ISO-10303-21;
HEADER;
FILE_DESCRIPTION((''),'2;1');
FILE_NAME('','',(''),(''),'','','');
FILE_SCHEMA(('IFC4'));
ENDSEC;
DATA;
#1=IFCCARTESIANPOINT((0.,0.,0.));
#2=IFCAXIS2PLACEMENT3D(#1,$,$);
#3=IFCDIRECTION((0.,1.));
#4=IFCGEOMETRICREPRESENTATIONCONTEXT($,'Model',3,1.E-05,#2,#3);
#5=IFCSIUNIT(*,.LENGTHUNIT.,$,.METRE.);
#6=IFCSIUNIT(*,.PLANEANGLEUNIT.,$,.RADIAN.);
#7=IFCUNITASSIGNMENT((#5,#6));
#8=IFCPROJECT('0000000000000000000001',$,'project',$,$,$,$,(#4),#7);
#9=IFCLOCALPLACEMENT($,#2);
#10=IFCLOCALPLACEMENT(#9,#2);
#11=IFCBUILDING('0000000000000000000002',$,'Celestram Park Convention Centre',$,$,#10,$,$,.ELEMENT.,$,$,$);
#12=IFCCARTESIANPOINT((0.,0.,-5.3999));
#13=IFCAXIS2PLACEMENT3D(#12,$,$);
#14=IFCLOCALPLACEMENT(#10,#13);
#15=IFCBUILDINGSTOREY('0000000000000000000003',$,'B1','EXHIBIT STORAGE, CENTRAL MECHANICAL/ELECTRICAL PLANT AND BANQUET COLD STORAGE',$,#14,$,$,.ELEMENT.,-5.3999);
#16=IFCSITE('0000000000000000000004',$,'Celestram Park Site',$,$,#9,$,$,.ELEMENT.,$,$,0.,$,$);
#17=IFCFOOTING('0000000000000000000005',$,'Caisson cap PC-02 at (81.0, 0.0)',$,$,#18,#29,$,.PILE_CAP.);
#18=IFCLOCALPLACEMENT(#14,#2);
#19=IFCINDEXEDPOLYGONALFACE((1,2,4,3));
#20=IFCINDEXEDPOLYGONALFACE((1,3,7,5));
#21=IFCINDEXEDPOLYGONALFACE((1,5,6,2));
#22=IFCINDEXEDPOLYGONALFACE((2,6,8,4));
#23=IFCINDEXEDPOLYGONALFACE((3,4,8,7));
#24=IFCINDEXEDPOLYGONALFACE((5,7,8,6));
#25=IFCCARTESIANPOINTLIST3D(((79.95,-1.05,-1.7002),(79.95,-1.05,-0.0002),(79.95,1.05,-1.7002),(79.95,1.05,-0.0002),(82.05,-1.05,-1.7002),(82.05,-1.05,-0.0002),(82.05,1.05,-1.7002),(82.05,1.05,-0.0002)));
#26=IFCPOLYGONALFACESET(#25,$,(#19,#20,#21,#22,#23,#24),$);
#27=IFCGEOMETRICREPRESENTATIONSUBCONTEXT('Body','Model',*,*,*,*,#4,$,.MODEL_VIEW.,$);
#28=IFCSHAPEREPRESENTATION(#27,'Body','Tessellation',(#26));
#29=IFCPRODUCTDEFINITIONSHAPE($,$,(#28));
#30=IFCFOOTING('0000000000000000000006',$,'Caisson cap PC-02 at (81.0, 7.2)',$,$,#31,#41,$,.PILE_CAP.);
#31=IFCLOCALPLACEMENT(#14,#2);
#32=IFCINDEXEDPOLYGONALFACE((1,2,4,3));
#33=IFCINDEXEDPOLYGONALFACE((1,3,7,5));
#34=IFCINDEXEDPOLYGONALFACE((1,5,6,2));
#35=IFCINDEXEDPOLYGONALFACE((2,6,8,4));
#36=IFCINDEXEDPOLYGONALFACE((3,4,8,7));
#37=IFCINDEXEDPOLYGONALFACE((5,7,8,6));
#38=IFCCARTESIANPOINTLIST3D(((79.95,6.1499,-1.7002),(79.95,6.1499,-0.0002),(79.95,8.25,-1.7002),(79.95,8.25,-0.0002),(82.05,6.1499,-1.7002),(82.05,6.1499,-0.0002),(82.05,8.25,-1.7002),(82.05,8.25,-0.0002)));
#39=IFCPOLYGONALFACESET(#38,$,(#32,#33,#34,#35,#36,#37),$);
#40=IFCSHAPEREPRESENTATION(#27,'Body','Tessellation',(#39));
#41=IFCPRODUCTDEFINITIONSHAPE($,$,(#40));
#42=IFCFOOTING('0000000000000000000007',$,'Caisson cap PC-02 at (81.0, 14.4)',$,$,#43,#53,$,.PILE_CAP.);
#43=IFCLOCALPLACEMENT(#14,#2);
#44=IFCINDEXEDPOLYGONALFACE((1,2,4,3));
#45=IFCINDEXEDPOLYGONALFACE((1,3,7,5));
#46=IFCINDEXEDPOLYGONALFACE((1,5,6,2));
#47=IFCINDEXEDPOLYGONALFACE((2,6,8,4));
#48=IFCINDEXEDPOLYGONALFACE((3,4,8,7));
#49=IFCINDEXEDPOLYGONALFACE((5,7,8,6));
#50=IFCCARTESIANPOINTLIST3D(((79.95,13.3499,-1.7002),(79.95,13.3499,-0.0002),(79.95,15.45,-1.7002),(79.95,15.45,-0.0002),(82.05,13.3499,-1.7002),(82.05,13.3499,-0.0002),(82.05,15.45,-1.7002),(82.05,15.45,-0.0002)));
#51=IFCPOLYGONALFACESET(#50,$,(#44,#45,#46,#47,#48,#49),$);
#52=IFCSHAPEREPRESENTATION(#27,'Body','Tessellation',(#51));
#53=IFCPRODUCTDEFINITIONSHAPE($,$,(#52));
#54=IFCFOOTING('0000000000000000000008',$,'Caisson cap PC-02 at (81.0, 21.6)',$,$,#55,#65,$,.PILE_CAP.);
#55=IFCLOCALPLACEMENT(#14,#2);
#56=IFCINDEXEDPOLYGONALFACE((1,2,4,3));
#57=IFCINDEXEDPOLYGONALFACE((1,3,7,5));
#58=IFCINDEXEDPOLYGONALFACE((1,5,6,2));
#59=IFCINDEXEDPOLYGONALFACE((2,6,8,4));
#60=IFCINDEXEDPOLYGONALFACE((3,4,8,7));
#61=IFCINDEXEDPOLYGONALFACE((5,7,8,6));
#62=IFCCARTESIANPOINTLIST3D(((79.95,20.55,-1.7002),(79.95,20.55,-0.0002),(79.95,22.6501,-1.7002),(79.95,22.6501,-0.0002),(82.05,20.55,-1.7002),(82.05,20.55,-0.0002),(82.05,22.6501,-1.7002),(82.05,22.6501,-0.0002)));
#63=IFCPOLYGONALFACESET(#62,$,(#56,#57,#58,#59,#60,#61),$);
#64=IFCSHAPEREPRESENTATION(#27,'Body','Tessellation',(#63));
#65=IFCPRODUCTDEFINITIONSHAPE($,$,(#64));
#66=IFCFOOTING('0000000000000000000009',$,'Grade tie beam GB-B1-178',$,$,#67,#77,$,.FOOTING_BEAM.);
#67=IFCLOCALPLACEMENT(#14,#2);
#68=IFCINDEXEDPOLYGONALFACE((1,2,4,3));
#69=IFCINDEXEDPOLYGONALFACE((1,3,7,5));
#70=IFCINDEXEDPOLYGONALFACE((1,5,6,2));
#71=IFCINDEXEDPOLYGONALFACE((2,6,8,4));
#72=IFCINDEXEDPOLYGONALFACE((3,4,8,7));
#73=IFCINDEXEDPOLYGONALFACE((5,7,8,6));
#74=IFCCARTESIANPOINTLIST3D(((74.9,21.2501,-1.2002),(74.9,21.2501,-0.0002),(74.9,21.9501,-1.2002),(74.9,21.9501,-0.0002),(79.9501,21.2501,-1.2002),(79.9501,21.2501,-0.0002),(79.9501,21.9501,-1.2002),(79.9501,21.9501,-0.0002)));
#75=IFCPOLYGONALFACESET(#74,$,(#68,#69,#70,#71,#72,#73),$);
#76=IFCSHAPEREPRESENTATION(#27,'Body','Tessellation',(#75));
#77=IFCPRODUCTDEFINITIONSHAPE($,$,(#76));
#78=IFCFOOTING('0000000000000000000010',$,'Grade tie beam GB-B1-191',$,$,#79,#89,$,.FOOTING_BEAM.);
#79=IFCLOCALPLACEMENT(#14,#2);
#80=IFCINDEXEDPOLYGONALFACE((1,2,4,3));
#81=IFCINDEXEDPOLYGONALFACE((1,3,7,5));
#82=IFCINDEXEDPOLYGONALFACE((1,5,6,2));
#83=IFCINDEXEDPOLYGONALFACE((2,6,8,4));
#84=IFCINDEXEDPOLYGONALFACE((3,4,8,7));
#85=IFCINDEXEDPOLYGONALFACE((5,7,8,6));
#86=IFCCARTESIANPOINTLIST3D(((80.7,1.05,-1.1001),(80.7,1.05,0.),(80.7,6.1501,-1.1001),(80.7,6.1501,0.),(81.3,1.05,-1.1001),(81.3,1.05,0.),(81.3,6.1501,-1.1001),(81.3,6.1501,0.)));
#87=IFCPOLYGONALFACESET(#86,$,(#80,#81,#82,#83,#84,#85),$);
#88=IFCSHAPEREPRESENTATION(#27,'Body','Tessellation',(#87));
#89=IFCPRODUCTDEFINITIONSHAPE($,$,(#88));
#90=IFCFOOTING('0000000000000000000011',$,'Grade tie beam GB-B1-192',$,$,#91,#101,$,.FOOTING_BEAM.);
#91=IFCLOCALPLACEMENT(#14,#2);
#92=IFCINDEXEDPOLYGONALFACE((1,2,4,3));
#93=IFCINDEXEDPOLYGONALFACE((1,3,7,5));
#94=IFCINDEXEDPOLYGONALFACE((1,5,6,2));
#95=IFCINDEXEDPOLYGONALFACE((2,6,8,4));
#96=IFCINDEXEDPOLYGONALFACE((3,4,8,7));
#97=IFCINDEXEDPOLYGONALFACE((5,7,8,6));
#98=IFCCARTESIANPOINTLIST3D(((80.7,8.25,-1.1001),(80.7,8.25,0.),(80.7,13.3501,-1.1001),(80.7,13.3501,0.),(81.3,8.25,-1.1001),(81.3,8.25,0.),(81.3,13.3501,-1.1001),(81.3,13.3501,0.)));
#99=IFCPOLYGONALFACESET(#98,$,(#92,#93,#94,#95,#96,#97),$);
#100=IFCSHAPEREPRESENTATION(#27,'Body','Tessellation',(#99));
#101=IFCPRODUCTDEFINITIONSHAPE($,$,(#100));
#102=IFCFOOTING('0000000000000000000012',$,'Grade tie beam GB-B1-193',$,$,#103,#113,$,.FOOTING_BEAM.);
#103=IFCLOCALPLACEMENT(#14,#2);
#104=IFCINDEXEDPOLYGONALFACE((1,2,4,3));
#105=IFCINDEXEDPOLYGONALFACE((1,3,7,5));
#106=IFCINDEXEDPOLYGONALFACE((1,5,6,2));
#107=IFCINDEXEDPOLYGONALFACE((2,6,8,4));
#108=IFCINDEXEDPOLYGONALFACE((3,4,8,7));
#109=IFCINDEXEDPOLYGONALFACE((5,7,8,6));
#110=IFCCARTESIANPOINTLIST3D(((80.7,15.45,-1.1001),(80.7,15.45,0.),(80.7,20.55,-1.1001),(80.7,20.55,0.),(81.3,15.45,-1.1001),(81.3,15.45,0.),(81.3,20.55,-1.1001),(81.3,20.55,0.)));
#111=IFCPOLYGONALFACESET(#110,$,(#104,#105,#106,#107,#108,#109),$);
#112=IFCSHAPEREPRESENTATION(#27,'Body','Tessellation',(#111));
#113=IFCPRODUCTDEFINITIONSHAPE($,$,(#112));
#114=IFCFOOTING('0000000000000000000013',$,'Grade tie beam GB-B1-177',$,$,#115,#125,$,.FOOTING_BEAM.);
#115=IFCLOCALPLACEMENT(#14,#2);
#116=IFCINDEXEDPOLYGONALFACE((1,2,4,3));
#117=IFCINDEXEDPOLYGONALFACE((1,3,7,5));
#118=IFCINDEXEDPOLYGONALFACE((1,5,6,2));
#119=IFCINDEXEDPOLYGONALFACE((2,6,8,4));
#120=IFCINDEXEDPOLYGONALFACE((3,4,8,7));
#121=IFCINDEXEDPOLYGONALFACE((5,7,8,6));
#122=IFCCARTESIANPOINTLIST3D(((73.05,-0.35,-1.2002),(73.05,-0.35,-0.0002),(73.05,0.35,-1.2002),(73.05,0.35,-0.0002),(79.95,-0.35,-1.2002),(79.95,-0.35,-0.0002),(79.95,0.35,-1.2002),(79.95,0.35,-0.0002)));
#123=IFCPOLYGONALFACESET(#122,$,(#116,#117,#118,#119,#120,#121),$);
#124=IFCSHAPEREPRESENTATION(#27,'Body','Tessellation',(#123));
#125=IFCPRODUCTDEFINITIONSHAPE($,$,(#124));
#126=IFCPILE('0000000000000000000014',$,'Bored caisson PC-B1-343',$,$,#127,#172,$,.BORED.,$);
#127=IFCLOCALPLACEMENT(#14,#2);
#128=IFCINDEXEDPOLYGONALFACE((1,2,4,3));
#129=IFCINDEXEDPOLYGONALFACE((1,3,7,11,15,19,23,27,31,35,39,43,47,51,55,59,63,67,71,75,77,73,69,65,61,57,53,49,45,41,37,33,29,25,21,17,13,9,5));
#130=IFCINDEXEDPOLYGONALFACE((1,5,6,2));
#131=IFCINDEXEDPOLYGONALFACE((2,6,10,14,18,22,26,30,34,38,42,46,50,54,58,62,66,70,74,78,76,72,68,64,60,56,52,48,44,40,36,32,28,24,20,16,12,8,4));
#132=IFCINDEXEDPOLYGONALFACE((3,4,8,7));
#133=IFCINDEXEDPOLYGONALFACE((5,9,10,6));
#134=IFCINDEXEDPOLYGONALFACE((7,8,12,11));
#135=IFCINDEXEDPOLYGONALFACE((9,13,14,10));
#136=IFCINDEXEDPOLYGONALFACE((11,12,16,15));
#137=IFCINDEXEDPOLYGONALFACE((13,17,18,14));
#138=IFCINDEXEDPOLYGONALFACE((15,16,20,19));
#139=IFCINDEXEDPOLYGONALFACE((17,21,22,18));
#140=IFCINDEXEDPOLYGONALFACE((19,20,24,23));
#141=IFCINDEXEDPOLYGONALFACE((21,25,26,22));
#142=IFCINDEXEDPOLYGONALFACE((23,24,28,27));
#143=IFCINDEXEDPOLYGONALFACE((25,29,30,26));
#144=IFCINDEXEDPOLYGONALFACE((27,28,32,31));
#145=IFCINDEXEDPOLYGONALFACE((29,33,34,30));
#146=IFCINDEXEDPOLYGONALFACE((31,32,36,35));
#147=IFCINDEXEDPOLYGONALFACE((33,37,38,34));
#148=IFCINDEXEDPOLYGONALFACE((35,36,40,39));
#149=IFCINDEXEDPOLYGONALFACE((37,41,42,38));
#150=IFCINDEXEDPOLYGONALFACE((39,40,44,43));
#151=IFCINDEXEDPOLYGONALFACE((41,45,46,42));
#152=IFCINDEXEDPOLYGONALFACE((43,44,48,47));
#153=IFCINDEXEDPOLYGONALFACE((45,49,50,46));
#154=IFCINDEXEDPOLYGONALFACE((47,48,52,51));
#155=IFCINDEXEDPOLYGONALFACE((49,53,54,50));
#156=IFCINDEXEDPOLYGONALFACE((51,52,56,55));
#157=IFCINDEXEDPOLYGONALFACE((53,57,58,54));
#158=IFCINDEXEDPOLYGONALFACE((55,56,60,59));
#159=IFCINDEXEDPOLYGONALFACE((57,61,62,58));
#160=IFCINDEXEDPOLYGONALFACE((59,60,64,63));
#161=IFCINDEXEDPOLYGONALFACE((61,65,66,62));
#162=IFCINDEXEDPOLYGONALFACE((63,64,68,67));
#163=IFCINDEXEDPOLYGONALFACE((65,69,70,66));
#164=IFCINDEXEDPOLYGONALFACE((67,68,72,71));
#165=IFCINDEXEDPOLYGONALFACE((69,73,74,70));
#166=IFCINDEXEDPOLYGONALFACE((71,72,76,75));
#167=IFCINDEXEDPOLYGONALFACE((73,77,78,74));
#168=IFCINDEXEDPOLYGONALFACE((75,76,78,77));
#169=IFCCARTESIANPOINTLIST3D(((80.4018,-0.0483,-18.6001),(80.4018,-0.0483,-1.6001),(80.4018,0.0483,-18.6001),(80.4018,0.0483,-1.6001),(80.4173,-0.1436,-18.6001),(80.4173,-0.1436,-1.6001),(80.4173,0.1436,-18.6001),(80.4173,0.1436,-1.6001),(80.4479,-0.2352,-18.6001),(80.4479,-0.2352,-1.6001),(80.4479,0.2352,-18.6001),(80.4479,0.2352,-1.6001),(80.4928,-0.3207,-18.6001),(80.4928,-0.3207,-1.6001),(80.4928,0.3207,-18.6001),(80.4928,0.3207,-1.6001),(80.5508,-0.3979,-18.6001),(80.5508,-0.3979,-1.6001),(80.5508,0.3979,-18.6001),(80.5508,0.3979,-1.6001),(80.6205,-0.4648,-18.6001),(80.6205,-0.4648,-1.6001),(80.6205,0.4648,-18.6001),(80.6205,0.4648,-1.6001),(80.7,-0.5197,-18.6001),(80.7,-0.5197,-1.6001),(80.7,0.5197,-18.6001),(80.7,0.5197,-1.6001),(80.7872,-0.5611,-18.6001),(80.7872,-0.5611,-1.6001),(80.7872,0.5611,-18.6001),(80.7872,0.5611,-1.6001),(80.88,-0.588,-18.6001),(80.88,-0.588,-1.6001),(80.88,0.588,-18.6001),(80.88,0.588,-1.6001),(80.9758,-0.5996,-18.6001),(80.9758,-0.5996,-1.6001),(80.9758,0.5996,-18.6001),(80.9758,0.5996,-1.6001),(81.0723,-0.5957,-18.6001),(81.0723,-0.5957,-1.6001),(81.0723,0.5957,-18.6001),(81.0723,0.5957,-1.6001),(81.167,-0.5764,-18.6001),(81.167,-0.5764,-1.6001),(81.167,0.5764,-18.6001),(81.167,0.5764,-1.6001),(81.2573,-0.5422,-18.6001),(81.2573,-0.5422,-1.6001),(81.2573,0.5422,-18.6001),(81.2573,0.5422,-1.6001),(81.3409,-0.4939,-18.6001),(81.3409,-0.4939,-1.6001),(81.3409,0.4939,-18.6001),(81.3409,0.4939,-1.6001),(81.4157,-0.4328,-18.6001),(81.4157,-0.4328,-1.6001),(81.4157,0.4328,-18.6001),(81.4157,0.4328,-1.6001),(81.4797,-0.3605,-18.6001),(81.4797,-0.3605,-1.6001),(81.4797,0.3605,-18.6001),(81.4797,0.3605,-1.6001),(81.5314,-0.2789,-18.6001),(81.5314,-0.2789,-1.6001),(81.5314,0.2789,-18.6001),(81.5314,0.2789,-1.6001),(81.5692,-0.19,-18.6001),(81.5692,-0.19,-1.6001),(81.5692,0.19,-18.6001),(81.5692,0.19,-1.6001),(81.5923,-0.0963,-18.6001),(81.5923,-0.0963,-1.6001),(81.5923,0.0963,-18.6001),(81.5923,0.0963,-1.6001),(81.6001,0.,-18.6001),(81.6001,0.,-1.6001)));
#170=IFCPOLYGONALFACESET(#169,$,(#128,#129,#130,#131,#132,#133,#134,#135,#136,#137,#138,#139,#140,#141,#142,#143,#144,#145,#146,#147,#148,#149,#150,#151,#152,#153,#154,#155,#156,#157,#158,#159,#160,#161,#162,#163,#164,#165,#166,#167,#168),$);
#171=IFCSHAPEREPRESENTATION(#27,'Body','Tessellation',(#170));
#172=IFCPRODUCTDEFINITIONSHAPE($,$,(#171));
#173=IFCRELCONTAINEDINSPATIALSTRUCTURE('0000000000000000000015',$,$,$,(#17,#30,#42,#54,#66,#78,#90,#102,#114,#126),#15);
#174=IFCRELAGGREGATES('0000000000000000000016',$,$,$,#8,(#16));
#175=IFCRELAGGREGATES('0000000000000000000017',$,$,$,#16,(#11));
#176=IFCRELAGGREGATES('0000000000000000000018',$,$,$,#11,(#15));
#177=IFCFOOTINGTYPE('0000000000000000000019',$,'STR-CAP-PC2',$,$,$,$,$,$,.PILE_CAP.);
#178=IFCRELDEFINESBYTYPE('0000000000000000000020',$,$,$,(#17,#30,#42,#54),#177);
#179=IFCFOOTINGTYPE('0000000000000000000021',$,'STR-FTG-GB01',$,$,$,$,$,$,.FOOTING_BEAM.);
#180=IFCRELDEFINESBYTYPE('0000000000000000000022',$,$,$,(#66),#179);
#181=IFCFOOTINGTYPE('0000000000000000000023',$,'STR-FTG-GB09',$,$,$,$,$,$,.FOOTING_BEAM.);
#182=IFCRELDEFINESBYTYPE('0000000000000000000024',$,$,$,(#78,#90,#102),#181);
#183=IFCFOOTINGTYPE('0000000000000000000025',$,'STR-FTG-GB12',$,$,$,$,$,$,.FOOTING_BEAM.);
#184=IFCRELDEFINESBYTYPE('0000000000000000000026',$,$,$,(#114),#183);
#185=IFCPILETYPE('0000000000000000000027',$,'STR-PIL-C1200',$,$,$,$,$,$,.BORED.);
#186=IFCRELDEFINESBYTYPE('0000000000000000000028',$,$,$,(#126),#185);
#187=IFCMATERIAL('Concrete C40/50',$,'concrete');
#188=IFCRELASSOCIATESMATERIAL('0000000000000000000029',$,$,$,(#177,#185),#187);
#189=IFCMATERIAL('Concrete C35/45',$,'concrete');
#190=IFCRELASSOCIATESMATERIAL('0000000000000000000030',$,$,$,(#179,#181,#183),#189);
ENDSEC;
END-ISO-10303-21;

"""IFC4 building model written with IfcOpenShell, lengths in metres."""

from ifc_helpers import new_model, si_unit, direction, frame, origin, origin_2d, place, context, subcontext, project, spatial, rectangle, circle, extrude, material, material_profile, profile_set, type_object, element, save


model = new_model("IFC4")

# Units and contexts
model_context = context("Model", 3, precision=1e-05, world=origin(), true_north=direction((0.0, 1.0)))
body_context = subcontext(model_context, "Body", "Model", "MODEL_VIEW")
ifc_project = project(units=[si_unit("LENGTHUNIT", "METRE"), si_unit("PLANEANGLEUNIT", "RADIAN")], contexts=[model_context])

# Site, building, storey
site_placement = place(None, origin())
site = spatial("IfcSite", under=ifc_project, at=site_placement, Name="Celestram Park Site", CompositionType="ELEMENT", RefElevation=0.0)
building_placement = place(site_placement, origin())
building = spatial("IfcBuilding", under=site, at=building_placement, Name="Celestram Park Convention Centre", CompositionType="ELEMENT")
storey_placement = place(building_placement, frame((0.0, 0.0, -5.3999)))
storey = spatial("IfcBuildingStorey", under=building, at=storey_placement, Name="B1", Description="EXHIBIT STORAGE, CENTRAL MECHANICAL/ELECTRICAL PLANT AND BANQUET COLD STORAGE", CompositionType="ELEMENT", Elevation=-5.3999)

# Footings
ifc_material_1 = material(Name="Concrete C40/50", Category="concrete")
footing_type_1 = type_object("IfcFootingType", Name="STR-CAP-PC2", PredefinedType="PILE_CAP", material=ifc_material_1)
for number, where, z_axis, x_axis, name in (
    (1, (81.0, 0.0, -1.7002), (0.0, 0.0, 1.0), (1.0, 0.0, 0.0), "Caisson cap PC-02 at (81.0, 0.0)"),
    (2, (81.0, 7.2, -1.7002), (0.0, 0.0, 1.0), (1.0, 0.0, 0.0), "Caisson cap PC-02 at (81.0, 7.2)"),
    (3, (81.0, 14.3999, -1.7002), (0.0, 0.0, 1.0), (1.0, 0.0, 0.0), "Caisson cap PC-02 at (81.0, 14.4)"),
    (4, (81.0, 21.6001, -1.7002), (0.0, 0.0, 1.0), (1.0, 0.0, 0.0), "Caisson cap PC-02 at (81.0, 21.6)"),
):
    element("IfcFooting", number, at=place(storey_placement, frame(where, z_axis=z_axis, x_axis=x_axis)), inside=storey, type_object=footing_type_1, Name=name, PredefinedType="PILE_CAP", context=body_context, shape_type="SweptSolid", body=[
        extrude(rectangle(XDim=2.1001, YDim=2.1001, at=origin_2d()), origin(), (0.0, 0.0, 1.0), 1.7),
    ])
ifc_material_2 = material(Name="Concrete C35/45", Category="concrete")
footing_type_2 = type_object("IfcFootingType", Name="STR-FTG-GB01", PredefinedType="FOOTING_BEAM", material=ifc_material_2)
footing_1_placement = place(storey_placement, frame((77.425, 21.6001, -1.2002), z_axis=(0.0, 0.0, 1.0), x_axis=(1.0, 0.0, 0.0)))
element("IfcFooting", 5, at=footing_1_placement, inside=storey, type_object=footing_type_2, Name="Grade tie beam GB-B1-178", PredefinedType="FOOTING_BEAM", context=body_context, shape_type="SweptSolid", body=[
    extrude(rectangle(XDim=5.05, YDim=0.7, at=origin_2d()), origin(), (0.0, 0.0, 1.0), 1.2),
])
footing_type_3 = type_object("IfcFootingType", Name="STR-FTG-GB09", PredefinedType="FOOTING_BEAM", material=ifc_material_2)
for number, where, z_axis, x_axis, name in (
    (6, (81.0, 3.6001, -1.1001), (0.0, 0.0, 1.0), (0.0, 1.0, 0.0), "Grade tie beam GB-B1-191"),
    (7, (81.0, 10.8, -1.1001), (0.0, 0.0, 1.0), (0.0, 1.0, 0.0), "Grade tie beam GB-B1-192"),
    (8, (81.0, 18.0, -1.1001), (0.0, 0.0, 1.0), (0.0, 1.0, 0.0), "Grade tie beam GB-B1-193"),
):
    element("IfcFooting", number, at=place(storey_placement, frame(where, z_axis=z_axis, x_axis=x_axis)), inside=storey, type_object=footing_type_3, Name=name, PredefinedType="FOOTING_BEAM", context=body_context, shape_type="SweptSolid", body=[
        extrude(rectangle(XDim=5.1001, YDim=0.6001, at=origin_2d()), origin(), (0.0, 0.0, 1.0), 1.1001),
    ])
footing_type_4 = type_object("IfcFootingType", Name="STR-FTG-GB12", PredefinedType="FOOTING_BEAM", material=ifc_material_2)
footing_2_placement = place(storey_placement, frame((76.5, 0.0, -1.2002), z_axis=(0.0, 0.0, 1.0), x_axis=(1.0, 0.0, 0.0)))
element("IfcFooting", 9, at=footing_2_placement, inside=storey, type_object=footing_type_4, Name="Grade tie beam GB-B1-177", PredefinedType="FOOTING_BEAM", context=body_context, shape_type="SweptSolid", body=[
    extrude(rectangle(XDim=6.8999, YDim=0.7, at=origin_2d()), origin(), (0.0, 0.0, 1.0), 1.2),
])

# Pile
ifc_material_profile_1 = material_profile(ifc_material_1, circle(Radius=0.6001, at=origin_2d()), Name="CAISSON1200")
ifc_profile_set_1 = profile_set([ifc_material_profile_1], Name="Concrete C40/50")
pile_type_1 = type_object("IfcPileType", Name="STR-PIL-C1200", PredefinedType="BORED", material=ifc_profile_set_1)
for number, where, z_axis, x_axis, name in (
    (10, (81.0, 0.0, -1.6001), (0.0, 0.0, -1.0), (1.0, 0.0, 0.0), "Bored caisson PC-B1-343"),
):
    element("IfcPile", number, at=place(storey_placement, frame(where, z_axis=z_axis, x_axis=x_axis)), inside=storey, type_object=pile_type_1, Name=name, PredefinedType="BORED", context=body_context, shape_type="SweptSolid", body=[
        extrude(circle(Radius=0.6001, at=origin_2d()), origin(), (0.0, 0.0, 1.0), 17.0),
    ])

save(model, "model.ifc")
